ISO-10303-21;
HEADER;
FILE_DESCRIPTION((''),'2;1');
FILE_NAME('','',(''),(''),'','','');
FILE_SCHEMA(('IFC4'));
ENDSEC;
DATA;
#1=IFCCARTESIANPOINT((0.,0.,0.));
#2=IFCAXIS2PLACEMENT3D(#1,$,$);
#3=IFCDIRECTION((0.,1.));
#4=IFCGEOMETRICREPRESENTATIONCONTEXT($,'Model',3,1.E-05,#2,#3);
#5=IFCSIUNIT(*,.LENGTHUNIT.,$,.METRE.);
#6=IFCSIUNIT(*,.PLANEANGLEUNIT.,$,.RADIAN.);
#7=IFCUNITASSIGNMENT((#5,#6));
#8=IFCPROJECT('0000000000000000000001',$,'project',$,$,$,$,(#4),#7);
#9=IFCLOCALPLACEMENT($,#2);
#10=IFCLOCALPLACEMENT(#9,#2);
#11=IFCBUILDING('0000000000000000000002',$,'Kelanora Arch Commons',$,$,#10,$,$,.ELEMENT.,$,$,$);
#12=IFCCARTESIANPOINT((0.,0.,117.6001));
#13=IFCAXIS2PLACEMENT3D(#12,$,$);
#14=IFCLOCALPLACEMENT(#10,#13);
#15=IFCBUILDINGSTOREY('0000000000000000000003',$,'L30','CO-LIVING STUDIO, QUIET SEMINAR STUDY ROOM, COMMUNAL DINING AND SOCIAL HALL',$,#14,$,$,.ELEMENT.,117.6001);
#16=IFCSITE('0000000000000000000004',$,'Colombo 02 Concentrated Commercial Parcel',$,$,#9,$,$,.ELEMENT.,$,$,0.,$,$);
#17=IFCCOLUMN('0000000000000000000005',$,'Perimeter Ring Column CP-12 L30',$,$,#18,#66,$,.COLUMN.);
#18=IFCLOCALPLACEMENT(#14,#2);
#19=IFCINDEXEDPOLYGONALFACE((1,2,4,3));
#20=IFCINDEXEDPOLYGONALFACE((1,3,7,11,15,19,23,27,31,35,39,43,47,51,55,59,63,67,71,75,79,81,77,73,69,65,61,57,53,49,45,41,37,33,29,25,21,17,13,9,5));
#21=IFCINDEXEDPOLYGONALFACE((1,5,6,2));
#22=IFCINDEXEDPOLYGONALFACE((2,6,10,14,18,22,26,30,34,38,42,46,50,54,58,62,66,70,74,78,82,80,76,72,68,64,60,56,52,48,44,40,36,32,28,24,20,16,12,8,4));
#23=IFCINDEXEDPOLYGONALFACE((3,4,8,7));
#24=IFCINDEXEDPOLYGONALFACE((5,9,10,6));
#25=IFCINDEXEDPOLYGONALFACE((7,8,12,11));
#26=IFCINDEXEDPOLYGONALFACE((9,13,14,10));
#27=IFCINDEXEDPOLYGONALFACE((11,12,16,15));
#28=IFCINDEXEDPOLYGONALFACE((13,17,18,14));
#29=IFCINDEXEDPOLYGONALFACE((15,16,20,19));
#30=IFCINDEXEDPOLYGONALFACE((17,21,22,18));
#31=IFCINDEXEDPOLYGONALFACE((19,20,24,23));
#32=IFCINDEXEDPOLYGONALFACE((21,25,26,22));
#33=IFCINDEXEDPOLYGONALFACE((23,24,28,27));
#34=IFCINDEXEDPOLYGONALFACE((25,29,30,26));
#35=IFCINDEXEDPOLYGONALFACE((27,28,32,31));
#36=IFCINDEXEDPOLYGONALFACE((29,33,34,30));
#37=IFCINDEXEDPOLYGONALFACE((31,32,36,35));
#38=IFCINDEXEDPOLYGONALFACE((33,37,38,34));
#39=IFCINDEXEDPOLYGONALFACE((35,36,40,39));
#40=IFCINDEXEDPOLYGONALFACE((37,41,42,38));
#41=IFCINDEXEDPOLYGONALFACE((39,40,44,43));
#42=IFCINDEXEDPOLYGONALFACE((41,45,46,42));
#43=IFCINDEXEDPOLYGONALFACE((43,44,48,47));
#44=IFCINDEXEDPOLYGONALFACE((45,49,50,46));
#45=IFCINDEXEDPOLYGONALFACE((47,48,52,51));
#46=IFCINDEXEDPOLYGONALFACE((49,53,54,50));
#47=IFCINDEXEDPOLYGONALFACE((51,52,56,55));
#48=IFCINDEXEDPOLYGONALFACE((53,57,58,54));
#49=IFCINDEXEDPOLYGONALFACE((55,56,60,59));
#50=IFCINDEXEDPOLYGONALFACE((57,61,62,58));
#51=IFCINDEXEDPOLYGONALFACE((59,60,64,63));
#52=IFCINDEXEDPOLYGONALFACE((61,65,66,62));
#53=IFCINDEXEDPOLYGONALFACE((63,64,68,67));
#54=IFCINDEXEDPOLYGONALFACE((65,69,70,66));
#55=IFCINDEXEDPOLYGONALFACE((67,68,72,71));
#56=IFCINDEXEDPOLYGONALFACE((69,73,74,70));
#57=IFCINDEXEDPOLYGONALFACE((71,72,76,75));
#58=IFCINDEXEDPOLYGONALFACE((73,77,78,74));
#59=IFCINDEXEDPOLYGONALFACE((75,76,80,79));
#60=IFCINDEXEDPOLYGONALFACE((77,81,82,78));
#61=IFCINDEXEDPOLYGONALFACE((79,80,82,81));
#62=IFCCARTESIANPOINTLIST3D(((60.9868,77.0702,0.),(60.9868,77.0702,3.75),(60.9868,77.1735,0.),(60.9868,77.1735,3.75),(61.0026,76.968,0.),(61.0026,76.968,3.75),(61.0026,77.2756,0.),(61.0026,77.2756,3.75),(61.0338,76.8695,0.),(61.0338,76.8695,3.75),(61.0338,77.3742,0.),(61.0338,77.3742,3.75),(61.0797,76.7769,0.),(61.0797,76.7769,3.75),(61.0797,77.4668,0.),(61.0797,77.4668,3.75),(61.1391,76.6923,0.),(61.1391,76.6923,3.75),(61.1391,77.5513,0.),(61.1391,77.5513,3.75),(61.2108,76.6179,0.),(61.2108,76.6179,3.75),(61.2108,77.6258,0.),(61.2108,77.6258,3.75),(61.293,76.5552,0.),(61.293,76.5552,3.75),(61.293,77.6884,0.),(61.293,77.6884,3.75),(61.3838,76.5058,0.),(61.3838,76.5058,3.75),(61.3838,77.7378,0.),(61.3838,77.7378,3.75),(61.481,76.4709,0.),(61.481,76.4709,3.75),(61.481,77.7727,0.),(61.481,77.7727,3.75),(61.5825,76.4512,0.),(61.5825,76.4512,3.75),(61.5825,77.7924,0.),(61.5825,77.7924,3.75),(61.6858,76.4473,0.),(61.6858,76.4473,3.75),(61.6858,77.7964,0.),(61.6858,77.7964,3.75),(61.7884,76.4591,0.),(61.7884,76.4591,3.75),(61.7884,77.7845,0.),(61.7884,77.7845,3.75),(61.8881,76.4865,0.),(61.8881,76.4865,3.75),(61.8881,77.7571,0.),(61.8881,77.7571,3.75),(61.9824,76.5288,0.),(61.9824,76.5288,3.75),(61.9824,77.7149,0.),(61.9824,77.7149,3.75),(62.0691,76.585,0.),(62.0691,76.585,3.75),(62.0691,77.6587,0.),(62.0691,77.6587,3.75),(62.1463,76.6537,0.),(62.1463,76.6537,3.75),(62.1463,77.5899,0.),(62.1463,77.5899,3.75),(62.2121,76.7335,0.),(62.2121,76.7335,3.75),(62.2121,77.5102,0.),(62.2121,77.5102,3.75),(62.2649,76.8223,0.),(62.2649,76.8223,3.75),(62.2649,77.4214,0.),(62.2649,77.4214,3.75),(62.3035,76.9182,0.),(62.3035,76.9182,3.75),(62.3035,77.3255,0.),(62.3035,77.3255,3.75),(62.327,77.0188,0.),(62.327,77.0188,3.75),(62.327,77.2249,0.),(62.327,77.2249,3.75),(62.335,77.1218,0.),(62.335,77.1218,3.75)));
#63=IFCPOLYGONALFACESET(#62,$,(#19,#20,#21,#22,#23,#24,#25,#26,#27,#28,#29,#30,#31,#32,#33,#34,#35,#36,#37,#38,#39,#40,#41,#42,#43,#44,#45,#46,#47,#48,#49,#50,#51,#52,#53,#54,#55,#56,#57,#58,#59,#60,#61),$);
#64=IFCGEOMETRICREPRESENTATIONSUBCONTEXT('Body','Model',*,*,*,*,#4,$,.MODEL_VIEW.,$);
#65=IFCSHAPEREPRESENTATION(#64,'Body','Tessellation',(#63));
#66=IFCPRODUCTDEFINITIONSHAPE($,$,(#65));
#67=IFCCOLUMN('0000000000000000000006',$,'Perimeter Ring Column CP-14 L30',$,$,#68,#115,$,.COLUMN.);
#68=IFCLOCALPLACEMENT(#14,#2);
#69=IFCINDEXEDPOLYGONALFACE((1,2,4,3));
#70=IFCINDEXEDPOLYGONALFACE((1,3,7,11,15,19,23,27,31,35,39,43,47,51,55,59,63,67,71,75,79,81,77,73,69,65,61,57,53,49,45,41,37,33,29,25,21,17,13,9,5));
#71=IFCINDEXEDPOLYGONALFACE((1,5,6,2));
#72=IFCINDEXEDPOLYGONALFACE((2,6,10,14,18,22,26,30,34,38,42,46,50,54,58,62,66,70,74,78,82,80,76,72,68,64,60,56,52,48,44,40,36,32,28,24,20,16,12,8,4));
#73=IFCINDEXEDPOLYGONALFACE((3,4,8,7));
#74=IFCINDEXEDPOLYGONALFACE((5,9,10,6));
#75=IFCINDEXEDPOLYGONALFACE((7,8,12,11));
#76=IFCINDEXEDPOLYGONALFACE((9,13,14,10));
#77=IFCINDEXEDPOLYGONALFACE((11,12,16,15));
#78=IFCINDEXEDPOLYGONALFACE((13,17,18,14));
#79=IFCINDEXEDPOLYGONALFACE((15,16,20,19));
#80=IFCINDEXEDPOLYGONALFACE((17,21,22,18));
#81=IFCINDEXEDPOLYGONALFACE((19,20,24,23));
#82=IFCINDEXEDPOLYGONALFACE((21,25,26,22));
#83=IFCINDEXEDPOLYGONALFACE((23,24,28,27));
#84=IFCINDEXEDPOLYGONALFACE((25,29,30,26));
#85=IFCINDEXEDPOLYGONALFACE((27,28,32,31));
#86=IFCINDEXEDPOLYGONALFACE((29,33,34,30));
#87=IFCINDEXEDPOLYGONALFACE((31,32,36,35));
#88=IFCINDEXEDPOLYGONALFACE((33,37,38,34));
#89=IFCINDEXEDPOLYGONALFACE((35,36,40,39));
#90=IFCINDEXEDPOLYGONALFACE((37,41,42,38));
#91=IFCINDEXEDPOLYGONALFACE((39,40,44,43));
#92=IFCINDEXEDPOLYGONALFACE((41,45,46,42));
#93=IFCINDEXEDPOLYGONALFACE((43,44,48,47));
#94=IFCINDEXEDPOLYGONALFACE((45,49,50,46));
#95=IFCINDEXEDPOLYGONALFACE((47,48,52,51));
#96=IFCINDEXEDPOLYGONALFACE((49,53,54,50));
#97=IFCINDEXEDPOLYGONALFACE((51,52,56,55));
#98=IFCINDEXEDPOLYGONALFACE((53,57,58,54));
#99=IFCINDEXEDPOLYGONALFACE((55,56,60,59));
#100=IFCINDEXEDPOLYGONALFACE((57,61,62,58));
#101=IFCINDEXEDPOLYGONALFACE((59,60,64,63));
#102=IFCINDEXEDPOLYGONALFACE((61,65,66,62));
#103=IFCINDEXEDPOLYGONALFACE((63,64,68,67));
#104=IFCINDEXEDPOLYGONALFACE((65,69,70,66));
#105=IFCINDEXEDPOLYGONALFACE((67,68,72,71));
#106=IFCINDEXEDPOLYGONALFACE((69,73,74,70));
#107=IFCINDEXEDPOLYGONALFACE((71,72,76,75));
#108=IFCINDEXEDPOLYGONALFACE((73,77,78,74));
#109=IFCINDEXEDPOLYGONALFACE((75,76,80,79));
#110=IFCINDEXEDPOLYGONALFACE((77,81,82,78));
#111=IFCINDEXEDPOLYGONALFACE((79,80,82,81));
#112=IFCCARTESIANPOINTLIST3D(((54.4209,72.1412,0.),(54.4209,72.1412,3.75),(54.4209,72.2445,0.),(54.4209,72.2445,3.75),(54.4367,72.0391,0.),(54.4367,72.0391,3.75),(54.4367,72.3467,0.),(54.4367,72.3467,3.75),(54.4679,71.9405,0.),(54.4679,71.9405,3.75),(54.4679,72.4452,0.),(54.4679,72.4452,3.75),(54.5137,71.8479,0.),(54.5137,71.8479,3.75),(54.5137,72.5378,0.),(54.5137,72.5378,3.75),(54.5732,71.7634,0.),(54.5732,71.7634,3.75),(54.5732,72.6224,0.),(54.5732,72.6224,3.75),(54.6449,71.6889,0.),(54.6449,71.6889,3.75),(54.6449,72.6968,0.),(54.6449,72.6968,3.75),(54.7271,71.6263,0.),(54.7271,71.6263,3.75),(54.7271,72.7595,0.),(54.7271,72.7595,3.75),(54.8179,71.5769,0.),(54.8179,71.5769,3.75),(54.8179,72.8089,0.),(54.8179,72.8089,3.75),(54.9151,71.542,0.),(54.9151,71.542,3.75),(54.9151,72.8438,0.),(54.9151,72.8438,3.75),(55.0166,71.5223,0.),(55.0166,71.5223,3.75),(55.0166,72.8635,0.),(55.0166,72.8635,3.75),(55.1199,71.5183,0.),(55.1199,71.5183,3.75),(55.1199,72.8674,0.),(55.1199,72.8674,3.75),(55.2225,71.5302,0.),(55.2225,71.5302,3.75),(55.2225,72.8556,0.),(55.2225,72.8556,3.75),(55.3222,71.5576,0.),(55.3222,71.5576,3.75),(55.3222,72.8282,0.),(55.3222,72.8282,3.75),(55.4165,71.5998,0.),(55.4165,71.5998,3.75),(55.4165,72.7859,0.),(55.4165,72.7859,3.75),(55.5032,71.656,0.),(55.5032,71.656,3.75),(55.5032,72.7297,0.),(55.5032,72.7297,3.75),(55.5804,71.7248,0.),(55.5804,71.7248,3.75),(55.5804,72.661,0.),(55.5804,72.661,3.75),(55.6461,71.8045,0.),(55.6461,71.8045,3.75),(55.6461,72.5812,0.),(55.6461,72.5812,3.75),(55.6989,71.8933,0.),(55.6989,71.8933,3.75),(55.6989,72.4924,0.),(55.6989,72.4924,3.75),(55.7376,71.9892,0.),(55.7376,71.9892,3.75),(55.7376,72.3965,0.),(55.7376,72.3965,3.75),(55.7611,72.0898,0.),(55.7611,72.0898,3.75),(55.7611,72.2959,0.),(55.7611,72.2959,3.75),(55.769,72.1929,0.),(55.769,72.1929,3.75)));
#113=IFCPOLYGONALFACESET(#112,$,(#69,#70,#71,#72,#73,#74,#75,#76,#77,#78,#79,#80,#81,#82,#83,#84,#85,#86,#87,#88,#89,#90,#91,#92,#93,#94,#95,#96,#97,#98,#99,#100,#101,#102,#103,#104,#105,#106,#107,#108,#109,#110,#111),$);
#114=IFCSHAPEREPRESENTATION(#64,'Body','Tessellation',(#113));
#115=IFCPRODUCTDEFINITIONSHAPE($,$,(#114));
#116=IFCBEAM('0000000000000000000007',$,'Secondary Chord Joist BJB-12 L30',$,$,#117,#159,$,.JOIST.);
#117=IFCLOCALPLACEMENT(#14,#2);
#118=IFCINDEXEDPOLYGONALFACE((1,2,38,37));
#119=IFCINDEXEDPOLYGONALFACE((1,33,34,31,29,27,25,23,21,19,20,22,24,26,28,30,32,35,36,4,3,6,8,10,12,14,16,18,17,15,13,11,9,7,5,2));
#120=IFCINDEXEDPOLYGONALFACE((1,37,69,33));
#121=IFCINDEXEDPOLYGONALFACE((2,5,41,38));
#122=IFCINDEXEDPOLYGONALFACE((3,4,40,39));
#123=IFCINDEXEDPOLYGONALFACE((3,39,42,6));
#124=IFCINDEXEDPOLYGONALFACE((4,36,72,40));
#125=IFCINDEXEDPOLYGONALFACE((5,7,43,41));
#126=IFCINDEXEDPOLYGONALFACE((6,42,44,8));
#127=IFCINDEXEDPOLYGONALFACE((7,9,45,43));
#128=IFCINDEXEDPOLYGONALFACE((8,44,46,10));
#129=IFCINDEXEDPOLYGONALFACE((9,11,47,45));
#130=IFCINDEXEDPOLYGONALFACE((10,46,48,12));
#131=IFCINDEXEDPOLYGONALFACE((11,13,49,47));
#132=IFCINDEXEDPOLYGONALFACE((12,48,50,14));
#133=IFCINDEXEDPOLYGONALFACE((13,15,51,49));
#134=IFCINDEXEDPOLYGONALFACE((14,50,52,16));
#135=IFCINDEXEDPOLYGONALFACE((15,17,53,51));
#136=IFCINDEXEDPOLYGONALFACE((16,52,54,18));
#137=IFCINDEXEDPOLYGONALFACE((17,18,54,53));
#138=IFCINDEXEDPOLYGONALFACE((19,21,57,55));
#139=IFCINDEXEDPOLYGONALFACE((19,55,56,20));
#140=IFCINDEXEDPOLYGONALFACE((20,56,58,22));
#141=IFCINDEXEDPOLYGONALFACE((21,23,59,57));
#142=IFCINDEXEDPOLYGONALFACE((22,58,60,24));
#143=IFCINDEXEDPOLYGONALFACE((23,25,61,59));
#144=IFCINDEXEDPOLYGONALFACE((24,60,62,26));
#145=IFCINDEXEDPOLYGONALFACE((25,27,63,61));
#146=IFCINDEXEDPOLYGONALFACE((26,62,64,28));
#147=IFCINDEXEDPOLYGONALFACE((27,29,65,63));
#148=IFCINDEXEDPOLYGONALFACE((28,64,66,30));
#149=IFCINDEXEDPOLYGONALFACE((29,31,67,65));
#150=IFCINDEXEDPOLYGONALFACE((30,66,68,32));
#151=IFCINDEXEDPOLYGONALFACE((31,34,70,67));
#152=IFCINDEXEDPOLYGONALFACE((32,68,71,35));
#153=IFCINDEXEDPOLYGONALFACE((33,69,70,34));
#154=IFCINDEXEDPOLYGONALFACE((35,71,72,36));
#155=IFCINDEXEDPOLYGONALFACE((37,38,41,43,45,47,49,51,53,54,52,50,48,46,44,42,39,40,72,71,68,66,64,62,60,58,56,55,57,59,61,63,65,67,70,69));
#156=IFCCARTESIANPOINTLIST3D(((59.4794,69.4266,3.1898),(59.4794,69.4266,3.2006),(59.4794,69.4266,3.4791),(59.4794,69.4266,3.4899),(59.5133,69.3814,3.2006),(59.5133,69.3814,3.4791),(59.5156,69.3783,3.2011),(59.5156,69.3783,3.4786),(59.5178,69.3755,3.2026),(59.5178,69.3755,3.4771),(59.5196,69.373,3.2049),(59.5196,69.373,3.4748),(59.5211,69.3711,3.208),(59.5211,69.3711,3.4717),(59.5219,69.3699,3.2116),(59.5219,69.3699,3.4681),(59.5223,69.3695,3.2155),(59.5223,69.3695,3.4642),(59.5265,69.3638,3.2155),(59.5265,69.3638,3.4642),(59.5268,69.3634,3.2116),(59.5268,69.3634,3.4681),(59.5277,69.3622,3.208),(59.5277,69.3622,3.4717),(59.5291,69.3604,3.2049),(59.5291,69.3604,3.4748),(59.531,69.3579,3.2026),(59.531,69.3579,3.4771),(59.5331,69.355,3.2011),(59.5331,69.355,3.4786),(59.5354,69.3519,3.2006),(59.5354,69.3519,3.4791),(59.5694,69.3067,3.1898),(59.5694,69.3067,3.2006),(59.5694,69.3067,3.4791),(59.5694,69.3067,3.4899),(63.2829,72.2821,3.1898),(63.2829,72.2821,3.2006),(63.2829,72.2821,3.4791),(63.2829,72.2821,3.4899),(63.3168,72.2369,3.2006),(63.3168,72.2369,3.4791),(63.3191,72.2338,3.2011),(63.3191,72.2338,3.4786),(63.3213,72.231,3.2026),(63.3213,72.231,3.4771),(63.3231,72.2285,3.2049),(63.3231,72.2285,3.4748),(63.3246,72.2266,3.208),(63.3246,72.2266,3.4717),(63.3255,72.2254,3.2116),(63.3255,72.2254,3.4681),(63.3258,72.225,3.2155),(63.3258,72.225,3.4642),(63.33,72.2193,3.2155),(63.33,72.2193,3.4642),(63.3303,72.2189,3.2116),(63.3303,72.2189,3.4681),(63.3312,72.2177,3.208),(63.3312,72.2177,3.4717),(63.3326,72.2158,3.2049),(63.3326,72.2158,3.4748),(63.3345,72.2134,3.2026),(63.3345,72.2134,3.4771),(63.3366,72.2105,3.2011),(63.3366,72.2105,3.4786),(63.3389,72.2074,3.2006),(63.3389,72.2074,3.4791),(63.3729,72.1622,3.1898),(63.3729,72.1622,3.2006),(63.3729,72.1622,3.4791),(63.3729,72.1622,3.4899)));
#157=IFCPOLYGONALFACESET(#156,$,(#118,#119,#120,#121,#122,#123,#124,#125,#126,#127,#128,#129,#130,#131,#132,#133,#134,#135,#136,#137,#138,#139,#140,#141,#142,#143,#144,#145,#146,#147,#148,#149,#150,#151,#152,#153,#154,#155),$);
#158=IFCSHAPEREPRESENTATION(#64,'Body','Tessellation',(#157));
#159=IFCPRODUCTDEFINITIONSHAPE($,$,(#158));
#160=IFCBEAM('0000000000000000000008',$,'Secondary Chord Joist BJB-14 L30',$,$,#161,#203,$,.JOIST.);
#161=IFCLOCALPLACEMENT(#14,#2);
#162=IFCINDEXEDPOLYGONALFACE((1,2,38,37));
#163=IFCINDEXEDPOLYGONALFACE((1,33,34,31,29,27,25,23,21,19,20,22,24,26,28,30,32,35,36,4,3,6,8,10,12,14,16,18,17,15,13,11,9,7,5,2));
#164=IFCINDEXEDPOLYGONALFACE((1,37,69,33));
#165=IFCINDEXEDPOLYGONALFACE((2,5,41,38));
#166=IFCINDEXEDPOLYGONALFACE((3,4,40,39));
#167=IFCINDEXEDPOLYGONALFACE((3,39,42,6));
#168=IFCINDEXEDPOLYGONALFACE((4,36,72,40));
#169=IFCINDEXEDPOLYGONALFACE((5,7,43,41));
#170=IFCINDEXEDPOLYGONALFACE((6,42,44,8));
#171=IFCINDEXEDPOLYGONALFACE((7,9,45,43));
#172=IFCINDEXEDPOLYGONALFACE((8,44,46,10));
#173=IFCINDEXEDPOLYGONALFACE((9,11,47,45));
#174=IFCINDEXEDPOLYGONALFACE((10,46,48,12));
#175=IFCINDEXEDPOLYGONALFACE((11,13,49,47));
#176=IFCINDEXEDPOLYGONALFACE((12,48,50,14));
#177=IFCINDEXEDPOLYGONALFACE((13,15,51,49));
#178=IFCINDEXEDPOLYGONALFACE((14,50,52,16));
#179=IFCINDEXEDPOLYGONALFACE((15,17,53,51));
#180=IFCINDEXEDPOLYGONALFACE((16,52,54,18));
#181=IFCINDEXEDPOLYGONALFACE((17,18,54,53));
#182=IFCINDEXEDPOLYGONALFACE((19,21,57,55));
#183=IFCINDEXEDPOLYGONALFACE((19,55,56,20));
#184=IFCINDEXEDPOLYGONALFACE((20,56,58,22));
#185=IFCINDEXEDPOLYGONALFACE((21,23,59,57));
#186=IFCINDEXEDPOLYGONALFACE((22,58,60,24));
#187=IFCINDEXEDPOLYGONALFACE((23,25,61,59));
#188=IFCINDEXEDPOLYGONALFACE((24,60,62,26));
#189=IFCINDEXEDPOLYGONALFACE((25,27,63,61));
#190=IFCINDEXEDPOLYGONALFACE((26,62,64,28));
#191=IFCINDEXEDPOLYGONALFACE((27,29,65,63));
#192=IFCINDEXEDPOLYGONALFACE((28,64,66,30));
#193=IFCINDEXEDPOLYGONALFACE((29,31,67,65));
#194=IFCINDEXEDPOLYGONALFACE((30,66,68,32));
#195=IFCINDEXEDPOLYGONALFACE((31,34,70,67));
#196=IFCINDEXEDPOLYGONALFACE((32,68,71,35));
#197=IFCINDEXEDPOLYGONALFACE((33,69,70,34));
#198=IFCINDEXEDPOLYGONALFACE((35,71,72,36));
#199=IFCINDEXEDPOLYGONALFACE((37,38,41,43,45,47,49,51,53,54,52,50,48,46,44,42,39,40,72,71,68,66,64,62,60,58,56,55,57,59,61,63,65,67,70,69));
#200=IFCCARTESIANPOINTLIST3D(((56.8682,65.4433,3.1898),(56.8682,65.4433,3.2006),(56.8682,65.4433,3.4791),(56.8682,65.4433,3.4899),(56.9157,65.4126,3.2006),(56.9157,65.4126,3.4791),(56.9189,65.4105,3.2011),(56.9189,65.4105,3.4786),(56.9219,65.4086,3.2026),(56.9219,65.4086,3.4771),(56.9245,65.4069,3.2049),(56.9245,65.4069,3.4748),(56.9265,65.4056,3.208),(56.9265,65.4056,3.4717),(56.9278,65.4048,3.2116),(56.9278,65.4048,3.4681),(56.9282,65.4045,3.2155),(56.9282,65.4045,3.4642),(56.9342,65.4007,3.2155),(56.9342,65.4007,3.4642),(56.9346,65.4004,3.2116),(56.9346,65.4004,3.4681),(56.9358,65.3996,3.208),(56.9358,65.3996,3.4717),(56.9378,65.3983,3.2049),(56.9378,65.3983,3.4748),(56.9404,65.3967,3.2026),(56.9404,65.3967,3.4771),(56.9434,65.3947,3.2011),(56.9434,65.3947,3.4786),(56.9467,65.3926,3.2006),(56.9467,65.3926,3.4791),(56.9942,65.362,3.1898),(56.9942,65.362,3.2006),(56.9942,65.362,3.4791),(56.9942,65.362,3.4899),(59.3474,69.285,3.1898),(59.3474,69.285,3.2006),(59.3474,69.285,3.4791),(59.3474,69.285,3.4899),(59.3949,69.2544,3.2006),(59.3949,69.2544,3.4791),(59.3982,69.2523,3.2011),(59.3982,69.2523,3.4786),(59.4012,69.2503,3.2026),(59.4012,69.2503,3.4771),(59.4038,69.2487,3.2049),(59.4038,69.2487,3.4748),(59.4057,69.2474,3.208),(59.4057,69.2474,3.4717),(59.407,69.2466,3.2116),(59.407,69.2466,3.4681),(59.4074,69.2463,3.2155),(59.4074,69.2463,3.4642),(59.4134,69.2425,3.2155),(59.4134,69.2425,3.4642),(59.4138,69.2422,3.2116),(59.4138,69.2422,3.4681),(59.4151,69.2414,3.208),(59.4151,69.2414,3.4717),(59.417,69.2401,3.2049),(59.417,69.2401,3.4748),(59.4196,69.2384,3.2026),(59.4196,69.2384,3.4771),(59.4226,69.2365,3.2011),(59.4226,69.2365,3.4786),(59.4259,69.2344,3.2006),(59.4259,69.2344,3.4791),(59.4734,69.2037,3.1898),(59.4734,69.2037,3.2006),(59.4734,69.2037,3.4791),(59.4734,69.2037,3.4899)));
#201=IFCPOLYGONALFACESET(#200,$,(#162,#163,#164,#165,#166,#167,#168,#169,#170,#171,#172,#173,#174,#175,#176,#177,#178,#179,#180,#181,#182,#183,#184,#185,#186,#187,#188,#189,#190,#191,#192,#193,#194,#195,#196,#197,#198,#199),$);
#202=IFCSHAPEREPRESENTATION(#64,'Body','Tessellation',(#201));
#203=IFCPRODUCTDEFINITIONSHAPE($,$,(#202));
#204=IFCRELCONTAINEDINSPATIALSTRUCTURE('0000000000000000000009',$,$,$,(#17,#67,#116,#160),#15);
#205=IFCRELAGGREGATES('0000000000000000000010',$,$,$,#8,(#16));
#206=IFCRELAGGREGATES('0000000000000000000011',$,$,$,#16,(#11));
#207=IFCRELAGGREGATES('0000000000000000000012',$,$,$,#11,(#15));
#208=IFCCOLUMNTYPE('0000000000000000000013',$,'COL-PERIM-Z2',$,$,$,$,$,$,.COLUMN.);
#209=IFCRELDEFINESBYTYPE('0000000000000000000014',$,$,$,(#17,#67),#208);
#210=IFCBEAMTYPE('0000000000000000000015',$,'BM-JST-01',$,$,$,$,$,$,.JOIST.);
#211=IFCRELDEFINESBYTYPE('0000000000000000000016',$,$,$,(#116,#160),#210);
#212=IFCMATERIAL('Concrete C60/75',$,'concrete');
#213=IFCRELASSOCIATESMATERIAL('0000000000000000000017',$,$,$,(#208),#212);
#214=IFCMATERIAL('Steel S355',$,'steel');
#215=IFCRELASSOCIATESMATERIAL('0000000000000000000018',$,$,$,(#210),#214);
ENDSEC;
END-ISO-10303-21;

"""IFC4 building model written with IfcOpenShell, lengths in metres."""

from ifc_helpers import new_model, si_unit, direction, frame, origin, origin_2d, place, context, subcontext, project, spatial, circle, i_section, extrude, material, material_profile, profile_set, type_object, element, save


model = new_model("IFC4")

# Units and contexts
model_context = context("Model", 3, precision=1e-05, world=origin(), true_north=direction((0.0, 1.0)))
body_context = subcontext(model_context, "Body", "Model", "MODEL_VIEW")
ifc_project = project(units=[si_unit("LENGTHUNIT", "METRE"), si_unit("PLANEANGLEUNIT", "RADIAN")], contexts=[model_context])

# Site, building, storey
site_placement = place(None, origin())
site = spatial("IfcSite", under=ifc_project, at=site_placement, Name="Colombo 02 Concentrated Commercial Parcel", CompositionType="ELEMENT", RefElevation=0.0)
building_placement = place(site_placement, origin())
building = spatial("IfcBuilding", under=site, at=building_placement, Name="Kelanora Arch Commons", CompositionType="ELEMENT")
storey_placement = place(building_placement, frame((0.0, 0.0, 117.6001)))
storey = spatial("IfcBuildingStorey", under=building, at=storey_placement, Name="L30", Description="CO-LIVING STUDIO, QUIET SEMINAR STUDY ROOM, COMMUNAL DINING AND SOCIAL HALL", CompositionType="ELEMENT", Elevation=117.6001)

# Columns
ifc_material_1 = material(Name="Concrete C60/75", Category="concrete")
ifc_material_profile_1 = material_profile(ifc_material_1, circle(Radius=0.675, at=origin_2d()), Name="RCC1350")
ifc_profile_set_1 = profile_set([ifc_material_profile_1], Name="Concrete C60/75")
column_type = type_object("IfcColumnType", Name="COL-PERIM-Z2", PredefinedType="COLUMN", material=ifc_profile_set_1)
for number, where, z_axis, x_axis, name in (
    (1, (61.6599, 77.1218, 0.0), (0.0, 0.0, 1.0), (1.0, 0.0, 0.0), "Perimeter Ring Column CP-12 L30"),
    (2, (55.094, 72.1929, 0.0), (0.0, 0.0, 1.0), (1.0, 0.0, 0.0), "Perimeter Ring Column CP-14 L30"),
):
    element("IfcColumn", number, at=place(storey_placement, frame(where, z_axis=z_axis, x_axis=x_axis)), inside=storey, type_object=column_type, Name=name, PredefinedType="COLUMN", context=body_context, shape_type="SweptSolid", body=[
        extrude(circle(Radius=0.675, at=origin_2d()), origin(), (0.0, 0.0, 1.0), 3.75),
    ])

# Beams
ifc_material_2 = material(Name="Steel S355", Category="steel")
ifc_material_profile_2 = material_profile(ifc_material_2, i_section(OverallWidth=0.1499, OverallDepth=0.3, WebThickness=0.0071, FlangeThickness=0.0107, FilletRadius=0.0149, at=origin_2d()), Name="IPE300")
ifc_profile_set_2 = profile_set([ifc_material_profile_2], Name="Steel S355")
beam_type_1 = type_object("IfcBeamType", Name="BM-JST-01", PredefinedType="JOIST", material=ifc_profile_set_2)
beam_1_placement = place(storey_placement, frame((63.3279, 72.2222, 3.3398), z_axis=(-0.79971, -0.600386, 0.0), x_axis=(0.600386, -0.79971, 0.0)))
element("IfcBeam", 3, at=beam_1_placement, inside=storey, type_object=beam_type_1, Name="Secondary Chord Joist BJB-12 L30", PredefinedType="JOIST", context=body_context, shape_type="SweptSolid", body=[
    extrude(i_section(OverallWidth=0.1499, OverallDepth=0.3, WebThickness=0.0071, FlangeThickness=0.0107, FilletRadius=0.0149, at=origin_2d()), origin(), (0.0, 0.0, 1.0), 4.7561),
])
beam_2_placement = place(storey_placement, frame((59.4104, 69.2444, 3.3398), z_axis=(-0.54223, -0.84023, 0.0), x_axis=(0.84023, -0.54223, 0.0)))
element("IfcBeam", 4, at=beam_2_placement, inside=storey, type_object=beam_type_1, Name="Secondary Chord Joist BJB-14 L30", PredefinedType="JOIST", context=body_context, shape_type="SweptSolid", body=[
    extrude(i_section(OverallWidth=0.1499, OverallDepth=0.3, WebThickness=0.0071, FlangeThickness=0.0107, FilletRadius=0.0149, at=origin_2d()), origin(), (0.0, 0.0, 1.0), 4.5723),
])

save(model, "model.ifc")
